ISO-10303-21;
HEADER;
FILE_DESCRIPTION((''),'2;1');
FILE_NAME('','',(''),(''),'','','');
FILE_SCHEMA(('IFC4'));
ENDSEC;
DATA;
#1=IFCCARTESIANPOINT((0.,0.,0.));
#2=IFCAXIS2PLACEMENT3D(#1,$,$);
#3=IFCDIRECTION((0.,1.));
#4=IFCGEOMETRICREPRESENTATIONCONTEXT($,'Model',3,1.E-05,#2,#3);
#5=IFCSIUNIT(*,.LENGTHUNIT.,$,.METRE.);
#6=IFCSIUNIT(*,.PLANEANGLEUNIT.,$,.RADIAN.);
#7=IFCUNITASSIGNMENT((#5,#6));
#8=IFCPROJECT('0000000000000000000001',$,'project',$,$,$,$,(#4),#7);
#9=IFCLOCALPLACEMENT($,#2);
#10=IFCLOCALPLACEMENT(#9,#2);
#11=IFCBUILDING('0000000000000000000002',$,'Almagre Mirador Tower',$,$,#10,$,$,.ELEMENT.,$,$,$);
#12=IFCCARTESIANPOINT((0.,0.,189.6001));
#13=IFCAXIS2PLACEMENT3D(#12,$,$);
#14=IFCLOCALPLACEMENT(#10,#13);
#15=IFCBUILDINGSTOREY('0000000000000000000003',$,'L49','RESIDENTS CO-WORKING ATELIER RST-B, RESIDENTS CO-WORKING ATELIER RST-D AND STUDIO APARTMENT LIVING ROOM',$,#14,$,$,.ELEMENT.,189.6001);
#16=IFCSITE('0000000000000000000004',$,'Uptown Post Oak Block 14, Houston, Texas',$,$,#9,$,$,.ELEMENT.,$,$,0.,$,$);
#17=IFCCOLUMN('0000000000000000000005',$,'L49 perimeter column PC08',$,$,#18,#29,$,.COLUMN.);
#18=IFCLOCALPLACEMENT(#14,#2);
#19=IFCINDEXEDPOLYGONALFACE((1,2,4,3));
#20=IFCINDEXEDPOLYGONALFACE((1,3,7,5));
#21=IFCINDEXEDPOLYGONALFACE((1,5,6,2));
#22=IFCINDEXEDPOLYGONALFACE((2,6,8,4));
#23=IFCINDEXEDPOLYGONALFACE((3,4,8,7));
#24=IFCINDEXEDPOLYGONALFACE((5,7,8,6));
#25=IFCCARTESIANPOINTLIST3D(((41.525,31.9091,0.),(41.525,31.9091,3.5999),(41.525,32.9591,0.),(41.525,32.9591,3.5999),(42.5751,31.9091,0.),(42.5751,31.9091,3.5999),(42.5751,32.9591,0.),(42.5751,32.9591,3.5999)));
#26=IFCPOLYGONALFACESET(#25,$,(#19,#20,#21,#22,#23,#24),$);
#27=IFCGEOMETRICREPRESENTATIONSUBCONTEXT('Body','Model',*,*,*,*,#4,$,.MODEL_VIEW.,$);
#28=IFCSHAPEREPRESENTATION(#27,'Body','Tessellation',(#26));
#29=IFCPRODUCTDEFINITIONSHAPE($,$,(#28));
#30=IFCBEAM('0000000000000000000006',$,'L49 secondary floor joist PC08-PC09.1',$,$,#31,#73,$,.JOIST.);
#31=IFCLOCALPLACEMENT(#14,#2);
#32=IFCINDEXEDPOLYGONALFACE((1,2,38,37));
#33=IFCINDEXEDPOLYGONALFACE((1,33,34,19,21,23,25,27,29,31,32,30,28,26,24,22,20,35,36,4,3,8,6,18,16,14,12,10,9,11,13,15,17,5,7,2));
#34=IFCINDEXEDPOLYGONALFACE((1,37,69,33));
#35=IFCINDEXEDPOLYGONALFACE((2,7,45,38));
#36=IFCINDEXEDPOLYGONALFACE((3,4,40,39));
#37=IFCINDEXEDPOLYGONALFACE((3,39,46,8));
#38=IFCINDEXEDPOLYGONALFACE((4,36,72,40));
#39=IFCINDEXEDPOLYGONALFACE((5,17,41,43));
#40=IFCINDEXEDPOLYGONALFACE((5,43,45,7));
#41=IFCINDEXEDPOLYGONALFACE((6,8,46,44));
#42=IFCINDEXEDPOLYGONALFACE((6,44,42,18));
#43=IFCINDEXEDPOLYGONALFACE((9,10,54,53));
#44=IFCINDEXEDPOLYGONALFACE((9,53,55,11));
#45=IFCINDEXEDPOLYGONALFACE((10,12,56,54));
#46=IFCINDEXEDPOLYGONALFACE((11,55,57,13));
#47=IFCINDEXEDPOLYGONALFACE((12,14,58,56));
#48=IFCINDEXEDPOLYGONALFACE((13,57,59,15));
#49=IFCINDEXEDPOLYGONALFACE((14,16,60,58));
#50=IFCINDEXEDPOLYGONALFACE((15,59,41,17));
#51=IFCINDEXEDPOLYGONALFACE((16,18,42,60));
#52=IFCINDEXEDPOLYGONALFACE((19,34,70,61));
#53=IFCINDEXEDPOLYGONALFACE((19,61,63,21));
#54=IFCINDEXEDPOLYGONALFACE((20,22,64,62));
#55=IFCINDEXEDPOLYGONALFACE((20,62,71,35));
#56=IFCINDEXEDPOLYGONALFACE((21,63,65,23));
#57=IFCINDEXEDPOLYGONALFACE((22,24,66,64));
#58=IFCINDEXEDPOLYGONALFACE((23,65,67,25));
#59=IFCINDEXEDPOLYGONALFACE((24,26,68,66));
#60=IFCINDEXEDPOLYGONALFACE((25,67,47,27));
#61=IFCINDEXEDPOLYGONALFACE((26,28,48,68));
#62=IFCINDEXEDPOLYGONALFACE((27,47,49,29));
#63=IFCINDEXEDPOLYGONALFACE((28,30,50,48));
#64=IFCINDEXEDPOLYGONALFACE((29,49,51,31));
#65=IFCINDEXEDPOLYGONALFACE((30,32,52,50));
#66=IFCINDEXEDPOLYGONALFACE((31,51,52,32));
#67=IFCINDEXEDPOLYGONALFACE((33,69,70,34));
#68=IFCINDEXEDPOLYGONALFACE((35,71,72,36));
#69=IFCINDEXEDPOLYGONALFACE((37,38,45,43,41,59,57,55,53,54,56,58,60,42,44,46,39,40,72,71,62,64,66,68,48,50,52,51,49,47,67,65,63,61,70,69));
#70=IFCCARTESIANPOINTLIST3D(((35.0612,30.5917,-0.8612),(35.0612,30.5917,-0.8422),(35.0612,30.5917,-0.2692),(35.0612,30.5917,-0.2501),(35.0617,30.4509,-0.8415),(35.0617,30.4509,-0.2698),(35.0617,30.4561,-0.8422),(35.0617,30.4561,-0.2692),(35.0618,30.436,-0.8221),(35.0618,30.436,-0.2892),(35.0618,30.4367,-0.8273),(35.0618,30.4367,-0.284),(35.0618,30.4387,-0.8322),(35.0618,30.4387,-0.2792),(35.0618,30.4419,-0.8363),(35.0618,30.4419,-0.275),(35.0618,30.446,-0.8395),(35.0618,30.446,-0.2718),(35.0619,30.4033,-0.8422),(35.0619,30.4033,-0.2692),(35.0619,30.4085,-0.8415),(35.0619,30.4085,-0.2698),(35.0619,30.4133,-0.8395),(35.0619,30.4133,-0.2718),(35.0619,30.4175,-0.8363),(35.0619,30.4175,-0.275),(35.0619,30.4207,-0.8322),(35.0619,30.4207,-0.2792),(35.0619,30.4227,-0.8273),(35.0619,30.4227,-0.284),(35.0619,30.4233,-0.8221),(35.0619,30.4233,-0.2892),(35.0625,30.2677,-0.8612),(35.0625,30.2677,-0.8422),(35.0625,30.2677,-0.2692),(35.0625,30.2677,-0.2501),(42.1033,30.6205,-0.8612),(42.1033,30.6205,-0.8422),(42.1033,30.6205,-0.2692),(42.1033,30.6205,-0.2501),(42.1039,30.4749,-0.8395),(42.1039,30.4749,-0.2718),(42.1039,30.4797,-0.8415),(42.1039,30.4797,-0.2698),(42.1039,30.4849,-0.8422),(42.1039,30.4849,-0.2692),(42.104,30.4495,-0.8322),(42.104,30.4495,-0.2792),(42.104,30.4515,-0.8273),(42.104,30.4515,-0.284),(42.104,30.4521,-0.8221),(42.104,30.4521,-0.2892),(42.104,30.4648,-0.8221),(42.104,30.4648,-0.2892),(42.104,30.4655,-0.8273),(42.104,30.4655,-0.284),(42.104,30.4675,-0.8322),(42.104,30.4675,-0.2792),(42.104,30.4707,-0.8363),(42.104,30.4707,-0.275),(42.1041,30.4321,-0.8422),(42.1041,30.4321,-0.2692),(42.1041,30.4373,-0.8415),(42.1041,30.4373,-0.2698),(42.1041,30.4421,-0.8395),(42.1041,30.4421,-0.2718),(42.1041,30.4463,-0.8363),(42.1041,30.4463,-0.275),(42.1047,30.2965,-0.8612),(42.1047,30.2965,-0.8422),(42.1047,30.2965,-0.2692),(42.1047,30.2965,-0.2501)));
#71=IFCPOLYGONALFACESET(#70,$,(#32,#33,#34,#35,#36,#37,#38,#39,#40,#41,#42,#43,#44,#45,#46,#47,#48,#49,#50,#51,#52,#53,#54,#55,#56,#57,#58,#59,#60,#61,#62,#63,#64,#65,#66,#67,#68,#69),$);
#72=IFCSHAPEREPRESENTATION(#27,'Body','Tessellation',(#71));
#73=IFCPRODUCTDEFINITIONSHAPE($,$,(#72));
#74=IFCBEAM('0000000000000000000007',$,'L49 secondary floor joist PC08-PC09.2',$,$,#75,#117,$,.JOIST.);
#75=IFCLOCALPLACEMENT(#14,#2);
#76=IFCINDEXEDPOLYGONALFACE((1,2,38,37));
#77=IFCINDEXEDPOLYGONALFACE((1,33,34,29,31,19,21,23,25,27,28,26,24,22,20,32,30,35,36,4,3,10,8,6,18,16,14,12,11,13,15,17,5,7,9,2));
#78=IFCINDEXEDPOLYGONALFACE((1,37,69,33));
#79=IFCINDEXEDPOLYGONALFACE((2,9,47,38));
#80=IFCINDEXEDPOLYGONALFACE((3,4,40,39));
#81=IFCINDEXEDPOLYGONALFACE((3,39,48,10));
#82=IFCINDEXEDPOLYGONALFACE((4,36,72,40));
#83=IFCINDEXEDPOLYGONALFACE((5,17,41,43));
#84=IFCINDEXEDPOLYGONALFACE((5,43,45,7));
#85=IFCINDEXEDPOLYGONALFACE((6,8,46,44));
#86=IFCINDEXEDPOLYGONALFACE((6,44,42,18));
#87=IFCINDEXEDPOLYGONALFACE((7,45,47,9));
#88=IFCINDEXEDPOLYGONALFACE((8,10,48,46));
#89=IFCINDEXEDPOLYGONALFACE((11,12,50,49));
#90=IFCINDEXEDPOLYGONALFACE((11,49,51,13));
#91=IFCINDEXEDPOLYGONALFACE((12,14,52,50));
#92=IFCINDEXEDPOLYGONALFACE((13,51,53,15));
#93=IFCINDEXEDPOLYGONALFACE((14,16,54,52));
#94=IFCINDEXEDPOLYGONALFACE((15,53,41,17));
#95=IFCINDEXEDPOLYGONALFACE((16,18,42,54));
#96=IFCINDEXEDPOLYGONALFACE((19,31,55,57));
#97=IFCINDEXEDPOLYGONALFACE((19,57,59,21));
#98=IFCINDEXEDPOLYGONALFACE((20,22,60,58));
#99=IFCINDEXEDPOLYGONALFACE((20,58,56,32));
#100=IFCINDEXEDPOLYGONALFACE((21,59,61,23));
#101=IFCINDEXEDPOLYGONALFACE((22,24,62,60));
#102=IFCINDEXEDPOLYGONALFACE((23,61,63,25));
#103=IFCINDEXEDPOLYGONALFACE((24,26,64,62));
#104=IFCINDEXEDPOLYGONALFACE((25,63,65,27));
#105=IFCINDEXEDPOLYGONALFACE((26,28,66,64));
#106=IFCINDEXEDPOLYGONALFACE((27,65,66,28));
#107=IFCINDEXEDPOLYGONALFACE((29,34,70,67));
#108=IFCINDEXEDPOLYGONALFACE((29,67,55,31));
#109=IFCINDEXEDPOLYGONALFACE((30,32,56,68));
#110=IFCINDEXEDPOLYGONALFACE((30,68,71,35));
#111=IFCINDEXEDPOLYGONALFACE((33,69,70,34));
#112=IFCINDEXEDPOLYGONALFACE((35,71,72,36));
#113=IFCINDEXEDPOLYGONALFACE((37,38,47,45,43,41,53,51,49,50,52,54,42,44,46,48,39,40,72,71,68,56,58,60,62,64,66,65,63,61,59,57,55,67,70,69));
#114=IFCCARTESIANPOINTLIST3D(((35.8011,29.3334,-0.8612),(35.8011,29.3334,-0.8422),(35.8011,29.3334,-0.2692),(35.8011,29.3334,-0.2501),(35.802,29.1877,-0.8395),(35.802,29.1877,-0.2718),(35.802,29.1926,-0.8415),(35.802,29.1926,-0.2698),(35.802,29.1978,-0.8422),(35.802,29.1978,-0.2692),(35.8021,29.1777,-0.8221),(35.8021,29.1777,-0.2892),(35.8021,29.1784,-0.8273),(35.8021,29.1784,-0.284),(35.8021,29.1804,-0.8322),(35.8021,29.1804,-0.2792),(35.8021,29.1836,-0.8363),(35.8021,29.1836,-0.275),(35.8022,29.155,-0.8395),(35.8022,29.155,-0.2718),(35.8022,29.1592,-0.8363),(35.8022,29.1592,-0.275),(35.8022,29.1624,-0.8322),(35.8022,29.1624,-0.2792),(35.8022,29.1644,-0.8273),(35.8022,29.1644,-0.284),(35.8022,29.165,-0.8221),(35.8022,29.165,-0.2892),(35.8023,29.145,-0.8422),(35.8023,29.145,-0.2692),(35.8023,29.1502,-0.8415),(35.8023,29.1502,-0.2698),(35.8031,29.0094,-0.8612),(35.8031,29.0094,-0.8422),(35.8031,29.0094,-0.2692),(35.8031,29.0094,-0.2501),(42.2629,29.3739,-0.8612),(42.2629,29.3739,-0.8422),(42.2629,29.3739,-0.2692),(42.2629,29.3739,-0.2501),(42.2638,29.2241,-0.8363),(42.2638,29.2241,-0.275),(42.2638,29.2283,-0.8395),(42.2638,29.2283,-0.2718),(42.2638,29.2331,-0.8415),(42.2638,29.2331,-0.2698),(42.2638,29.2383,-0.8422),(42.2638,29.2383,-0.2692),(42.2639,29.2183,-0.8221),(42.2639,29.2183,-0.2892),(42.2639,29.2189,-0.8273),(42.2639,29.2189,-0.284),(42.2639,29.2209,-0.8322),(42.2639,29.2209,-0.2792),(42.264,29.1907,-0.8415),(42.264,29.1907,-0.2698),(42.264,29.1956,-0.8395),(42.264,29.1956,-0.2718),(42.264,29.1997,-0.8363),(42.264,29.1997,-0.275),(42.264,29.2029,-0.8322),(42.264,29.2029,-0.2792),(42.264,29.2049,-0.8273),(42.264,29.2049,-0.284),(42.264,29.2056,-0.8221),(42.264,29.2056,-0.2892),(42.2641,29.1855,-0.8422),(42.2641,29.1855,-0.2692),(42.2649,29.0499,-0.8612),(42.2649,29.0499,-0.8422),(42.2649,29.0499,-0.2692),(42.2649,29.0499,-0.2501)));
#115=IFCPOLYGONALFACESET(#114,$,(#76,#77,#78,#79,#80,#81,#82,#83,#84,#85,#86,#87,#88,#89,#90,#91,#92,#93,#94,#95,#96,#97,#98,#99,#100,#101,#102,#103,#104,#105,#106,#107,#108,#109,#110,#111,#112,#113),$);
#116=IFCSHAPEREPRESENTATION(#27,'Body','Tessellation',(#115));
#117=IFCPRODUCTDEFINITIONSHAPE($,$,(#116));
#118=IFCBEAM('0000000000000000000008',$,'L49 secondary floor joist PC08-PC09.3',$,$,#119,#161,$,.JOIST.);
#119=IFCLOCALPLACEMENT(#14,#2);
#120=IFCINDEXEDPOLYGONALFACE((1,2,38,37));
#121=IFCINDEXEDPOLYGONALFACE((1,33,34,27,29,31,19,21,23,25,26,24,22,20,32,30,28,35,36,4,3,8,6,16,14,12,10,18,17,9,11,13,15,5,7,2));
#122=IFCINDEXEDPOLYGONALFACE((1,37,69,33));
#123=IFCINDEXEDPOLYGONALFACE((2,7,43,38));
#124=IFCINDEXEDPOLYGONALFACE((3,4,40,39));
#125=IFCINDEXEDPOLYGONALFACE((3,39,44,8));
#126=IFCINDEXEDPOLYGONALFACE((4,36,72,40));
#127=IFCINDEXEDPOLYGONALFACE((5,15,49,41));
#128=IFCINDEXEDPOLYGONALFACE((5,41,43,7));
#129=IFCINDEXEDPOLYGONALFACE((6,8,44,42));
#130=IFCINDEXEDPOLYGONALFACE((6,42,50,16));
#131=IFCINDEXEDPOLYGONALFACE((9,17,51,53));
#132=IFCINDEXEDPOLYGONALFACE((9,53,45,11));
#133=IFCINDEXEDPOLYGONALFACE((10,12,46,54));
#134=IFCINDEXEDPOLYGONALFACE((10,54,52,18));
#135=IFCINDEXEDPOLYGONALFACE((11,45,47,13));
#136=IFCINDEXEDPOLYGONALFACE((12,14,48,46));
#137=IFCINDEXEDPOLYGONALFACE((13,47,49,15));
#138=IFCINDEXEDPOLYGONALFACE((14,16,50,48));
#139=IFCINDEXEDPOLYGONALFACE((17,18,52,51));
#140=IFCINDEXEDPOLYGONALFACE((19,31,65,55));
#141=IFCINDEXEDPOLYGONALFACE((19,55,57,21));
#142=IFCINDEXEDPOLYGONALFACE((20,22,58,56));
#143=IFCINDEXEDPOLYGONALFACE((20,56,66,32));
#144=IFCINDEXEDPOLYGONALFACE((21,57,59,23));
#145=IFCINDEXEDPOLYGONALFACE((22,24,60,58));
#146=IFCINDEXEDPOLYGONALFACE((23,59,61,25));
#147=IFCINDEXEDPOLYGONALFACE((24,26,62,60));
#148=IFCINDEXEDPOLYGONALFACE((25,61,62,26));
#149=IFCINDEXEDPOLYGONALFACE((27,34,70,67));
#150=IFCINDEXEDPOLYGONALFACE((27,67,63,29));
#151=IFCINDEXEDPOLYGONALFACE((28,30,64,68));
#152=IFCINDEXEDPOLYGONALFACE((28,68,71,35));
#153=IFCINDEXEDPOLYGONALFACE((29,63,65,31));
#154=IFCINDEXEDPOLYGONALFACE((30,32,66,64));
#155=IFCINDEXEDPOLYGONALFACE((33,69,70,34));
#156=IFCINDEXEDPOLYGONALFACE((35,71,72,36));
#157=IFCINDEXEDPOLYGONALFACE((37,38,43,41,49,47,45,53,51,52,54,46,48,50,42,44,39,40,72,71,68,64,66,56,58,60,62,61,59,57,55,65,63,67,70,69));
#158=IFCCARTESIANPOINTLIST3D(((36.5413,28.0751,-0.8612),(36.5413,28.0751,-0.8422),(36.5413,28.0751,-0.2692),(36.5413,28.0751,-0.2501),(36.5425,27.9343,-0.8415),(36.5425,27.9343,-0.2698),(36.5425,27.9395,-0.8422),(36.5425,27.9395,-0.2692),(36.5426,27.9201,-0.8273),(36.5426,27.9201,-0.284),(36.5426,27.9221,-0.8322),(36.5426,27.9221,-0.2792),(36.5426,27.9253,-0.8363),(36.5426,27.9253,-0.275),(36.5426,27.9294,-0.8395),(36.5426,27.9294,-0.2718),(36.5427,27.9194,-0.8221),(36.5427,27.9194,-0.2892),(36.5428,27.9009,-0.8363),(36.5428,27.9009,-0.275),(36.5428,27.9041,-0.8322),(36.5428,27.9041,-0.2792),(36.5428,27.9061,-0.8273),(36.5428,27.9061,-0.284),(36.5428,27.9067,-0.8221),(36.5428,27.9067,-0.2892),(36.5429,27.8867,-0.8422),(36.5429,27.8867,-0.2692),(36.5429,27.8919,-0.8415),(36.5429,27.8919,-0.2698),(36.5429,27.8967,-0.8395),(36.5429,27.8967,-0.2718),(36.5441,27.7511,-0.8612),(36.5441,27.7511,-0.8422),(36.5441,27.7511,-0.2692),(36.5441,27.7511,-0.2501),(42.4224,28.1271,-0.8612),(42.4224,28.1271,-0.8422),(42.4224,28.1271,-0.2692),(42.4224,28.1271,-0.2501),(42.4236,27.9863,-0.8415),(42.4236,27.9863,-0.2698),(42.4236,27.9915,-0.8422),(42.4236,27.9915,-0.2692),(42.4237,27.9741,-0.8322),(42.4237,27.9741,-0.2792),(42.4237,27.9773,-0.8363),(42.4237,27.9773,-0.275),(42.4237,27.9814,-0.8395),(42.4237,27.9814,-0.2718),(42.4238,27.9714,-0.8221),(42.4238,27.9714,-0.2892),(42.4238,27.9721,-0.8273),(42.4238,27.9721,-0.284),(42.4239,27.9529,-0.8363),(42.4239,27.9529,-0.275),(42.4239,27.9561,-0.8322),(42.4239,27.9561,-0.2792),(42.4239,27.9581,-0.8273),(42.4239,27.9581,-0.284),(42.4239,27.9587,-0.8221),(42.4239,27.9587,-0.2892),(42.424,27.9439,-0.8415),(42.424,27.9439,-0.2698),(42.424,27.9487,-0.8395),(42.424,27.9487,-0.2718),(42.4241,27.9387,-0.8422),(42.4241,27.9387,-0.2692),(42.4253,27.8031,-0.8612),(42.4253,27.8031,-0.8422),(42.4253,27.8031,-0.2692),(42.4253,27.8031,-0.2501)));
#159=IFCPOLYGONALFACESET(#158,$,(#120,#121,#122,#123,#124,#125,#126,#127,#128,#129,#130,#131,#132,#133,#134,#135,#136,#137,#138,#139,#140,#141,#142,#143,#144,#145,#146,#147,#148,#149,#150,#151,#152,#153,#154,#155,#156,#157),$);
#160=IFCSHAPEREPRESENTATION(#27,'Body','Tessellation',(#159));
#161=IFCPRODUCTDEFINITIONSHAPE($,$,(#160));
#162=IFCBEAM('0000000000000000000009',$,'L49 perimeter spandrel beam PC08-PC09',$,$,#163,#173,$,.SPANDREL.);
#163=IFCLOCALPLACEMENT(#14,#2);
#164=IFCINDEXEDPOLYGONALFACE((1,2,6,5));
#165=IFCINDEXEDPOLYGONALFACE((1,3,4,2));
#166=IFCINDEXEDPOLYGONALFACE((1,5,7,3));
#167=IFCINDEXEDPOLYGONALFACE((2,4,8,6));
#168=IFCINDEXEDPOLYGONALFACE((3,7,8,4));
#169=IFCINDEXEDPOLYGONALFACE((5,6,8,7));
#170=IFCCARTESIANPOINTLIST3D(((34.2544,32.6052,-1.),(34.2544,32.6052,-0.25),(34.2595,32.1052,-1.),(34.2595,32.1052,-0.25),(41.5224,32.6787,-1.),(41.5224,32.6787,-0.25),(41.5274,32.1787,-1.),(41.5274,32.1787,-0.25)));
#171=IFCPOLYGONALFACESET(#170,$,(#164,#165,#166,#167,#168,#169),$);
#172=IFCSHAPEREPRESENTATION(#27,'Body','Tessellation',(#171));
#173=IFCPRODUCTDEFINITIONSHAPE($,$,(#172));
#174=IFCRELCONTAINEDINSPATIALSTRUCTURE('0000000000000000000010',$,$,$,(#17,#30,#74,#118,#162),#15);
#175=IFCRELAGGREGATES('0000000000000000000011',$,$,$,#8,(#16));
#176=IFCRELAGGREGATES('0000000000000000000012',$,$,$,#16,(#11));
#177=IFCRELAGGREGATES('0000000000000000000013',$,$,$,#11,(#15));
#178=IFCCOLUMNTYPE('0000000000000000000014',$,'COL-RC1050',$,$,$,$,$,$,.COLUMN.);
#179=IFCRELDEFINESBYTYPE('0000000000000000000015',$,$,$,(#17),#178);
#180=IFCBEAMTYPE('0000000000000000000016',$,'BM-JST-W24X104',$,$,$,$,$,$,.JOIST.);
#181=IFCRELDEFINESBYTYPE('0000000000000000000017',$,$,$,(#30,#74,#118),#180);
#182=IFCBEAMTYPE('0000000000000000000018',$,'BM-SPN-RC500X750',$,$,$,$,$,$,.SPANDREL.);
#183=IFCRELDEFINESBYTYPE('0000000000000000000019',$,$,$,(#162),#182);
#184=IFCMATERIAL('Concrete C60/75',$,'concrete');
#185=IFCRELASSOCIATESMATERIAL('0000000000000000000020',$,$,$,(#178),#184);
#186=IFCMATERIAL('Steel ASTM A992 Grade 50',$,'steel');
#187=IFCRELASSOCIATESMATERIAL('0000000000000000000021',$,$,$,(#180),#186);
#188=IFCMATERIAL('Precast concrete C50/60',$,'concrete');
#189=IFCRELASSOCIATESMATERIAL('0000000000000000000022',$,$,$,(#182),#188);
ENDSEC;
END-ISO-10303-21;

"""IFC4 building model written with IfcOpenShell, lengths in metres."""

from ifc_helpers import new_model, si_unit, direction, frame, origin, origin_2d, place, context, subcontext, project, spatial, rectangle, i_section, extrude, material, material_profile, profile_set, type_object, element, save


model = new_model("IFC4")

# Units and contexts
model_context = context("Model", 3, precision=1e-05, world=origin(), true_north=direction((0.0, 1.0)))
body_context = subcontext(model_context, "Body", "Model", "MODEL_VIEW")
ifc_project = project(units=[si_unit("LENGTHUNIT", "METRE"), si_unit("PLANEANGLEUNIT", "RADIAN")], contexts=[model_context])

# Site, building, storey
site_placement = place(None, origin())
site = spatial("IfcSite", under=ifc_project, at=site_placement, Name="Uptown Post Oak Block 14, Houston, Texas", CompositionType="ELEMENT", RefElevation=0.0)
building_placement = place(site_placement, origin())
building = spatial("IfcBuilding", under=site, at=building_placement, Name="Almagre Mirador Tower", CompositionType="ELEMENT")
storey_placement = place(building_placement, frame((0.0, 0.0, 189.6001)))
storey = spatial("IfcBuildingStorey", under=building, at=storey_placement, Name="L49", Description="RESIDENTS CO-WORKING ATELIER RST-B, RESIDENTS CO-WORKING ATELIER RST-D AND STUDIO APARTMENT LIVING ROOM", CompositionType="ELEMENT", Elevation=189.6001)

# Column
ifc_material_1 = material(Name="Concrete C60/75", Category="concrete")
ifc_material_profile_1 = material_profile(ifc_material_1, rectangle(XDim=1.05, YDim=1.05, at=origin_2d()), Name="RC1050X1050")
ifc_profile_set_1 = profile_set([ifc_material_profile_1], Name="Concrete C60/75")
column_type = type_object("IfcColumnType", Name="COL-RC1050", PredefinedType="COLUMN", material=ifc_profile_set_1)
column_placement = place(storey_placement, frame((42.05, 32.4341, 0.0), z_axis=(0.0, 0.0, 1.0), x_axis=(1.0, 0.0, 0.0)))
element("IfcColumn", 1, at=column_placement, inside=storey, type_object=column_type, Name="L49 perimeter column PC08", PredefinedType="COLUMN", context=body_context, shape_type="SweptSolid", body=[
    extrude(rectangle(XDim=1.05, YDim=1.05, at=origin_2d()), origin(), (0.0, 0.0, 1.0), 3.5999),
])

# Beams
ifc_material_2 = material(Name="Steel ASTM A992 Grade 50", Category="steel")
ifc_material_profile_2 = material_profile(ifc_material_2, i_section(OverallWidth=0.324, OverallDepth=0.6111, WebThickness=0.0127, FlangeThickness=0.019, FilletRadius=0.02, at=origin_2d()), Name="W24X104")
ifc_profile_set_2 = profile_set([ifc_material_profile_2], Name="Steel ASTM A992 Grade 50")
beam_type_1 = type_object("IfcBeamType", Name="BM-JST-W24X104", PredefinedType="JOIST", material=ifc_profile_set_2)
beam_1_placement = place(storey_placement, frame((42.104, 30.4585, -0.5557), z_axis=(-0.999992, -0.004091, 0.0), x_axis=(0.004091, -0.999992, 0.0)))
element("IfcBeam", 2, at=beam_1_placement, inside=storey, type_object=beam_type_1, Name="L49 secondary floor joist PC08-PC09.1", PredefinedType="JOIST", context=body_context, shape_type="SweptSolid", body=[
    extrude(i_section(OverallWidth=0.324, OverallDepth=0.6111, WebThickness=0.0127, FlangeThickness=0.019, FilletRadius=0.02, at=origin_2d()), origin(), (0.0, 0.0, 1.0), 7.0422),
])
beam_2_placement = place(storey_placement, frame((42.2639, 29.2119, -0.5557), z_axis=(-0.99998, -0.006272, 0.0), x_axis=(0.006272, -0.99998, 0.0)))
element("IfcBeam", 3, at=beam_2_placement, inside=storey, type_object=beam_type_1, Name="L49 secondary floor joist PC08-PC09.2", PredefinedType="JOIST", context=body_context, shape_type="SweptSolid", body=[
    extrude(i_section(OverallWidth=0.324, OverallDepth=0.6111, WebThickness=0.0127, FlangeThickness=0.019, FilletRadius=0.02, at=origin_2d()), origin(), (0.0, 0.0, 1.0), 6.4619),
])
beam_3_placement = place(storey_placement, frame((42.4238, 27.9651, -0.5557), z_axis=(-0.999961, -0.008842, 0.0), x_axis=(0.008842, -0.999961, 0.0)))
element("IfcBeam", 4, at=beam_3_placement, inside=storey, type_object=beam_type_1, Name="L49 secondary floor joist PC08-PC09.3", PredefinedType="JOIST", context=body_context, shape_type="SweptSolid", body=[
    extrude(i_section(OverallWidth=0.324, OverallDepth=0.6111, WebThickness=0.0127, FlangeThickness=0.019, FilletRadius=0.02, at=origin_2d()), origin(), (0.0, 0.0, 1.0), 5.8813),
])
ifc_material_3 = material(Name="Precast concrete C50/60", Category="concrete")
ifc_material_profile_3 = material_profile(ifc_material_3, rectangle(XDim=0.5, YDim=0.75, at=origin_2d()), Name="RC500X750")
ifc_profile_set_3 = profile_set([ifc_material_profile_3], Name="Precast concrete C50/60")
beam_type_2 = type_object("IfcBeamType", Name="BM-SPN-RC500X750", PredefinedType="SPANDREL", material=ifc_profile_set_3)
beam_4_placement = place(storey_placement, frame((41.5249, 32.4287, -0.625), z_axis=(-0.999949, -0.010111, 0.0), x_axis=(0.010111, -0.999949, 0.0)))
element("IfcBeam", 5, at=beam_4_placement, inside=storey, type_object=beam_type_2, Name="L49 perimeter spandrel beam PC08-PC09", PredefinedType="SPANDREL", context=body_context, shape_type="SweptSolid", body=[
    extrude(rectangle(XDim=0.5, YDim=0.75, at=origin_2d()), origin(), (0.0, 0.0, 1.0), 7.2683),
])

save(model, "model.ifc")
